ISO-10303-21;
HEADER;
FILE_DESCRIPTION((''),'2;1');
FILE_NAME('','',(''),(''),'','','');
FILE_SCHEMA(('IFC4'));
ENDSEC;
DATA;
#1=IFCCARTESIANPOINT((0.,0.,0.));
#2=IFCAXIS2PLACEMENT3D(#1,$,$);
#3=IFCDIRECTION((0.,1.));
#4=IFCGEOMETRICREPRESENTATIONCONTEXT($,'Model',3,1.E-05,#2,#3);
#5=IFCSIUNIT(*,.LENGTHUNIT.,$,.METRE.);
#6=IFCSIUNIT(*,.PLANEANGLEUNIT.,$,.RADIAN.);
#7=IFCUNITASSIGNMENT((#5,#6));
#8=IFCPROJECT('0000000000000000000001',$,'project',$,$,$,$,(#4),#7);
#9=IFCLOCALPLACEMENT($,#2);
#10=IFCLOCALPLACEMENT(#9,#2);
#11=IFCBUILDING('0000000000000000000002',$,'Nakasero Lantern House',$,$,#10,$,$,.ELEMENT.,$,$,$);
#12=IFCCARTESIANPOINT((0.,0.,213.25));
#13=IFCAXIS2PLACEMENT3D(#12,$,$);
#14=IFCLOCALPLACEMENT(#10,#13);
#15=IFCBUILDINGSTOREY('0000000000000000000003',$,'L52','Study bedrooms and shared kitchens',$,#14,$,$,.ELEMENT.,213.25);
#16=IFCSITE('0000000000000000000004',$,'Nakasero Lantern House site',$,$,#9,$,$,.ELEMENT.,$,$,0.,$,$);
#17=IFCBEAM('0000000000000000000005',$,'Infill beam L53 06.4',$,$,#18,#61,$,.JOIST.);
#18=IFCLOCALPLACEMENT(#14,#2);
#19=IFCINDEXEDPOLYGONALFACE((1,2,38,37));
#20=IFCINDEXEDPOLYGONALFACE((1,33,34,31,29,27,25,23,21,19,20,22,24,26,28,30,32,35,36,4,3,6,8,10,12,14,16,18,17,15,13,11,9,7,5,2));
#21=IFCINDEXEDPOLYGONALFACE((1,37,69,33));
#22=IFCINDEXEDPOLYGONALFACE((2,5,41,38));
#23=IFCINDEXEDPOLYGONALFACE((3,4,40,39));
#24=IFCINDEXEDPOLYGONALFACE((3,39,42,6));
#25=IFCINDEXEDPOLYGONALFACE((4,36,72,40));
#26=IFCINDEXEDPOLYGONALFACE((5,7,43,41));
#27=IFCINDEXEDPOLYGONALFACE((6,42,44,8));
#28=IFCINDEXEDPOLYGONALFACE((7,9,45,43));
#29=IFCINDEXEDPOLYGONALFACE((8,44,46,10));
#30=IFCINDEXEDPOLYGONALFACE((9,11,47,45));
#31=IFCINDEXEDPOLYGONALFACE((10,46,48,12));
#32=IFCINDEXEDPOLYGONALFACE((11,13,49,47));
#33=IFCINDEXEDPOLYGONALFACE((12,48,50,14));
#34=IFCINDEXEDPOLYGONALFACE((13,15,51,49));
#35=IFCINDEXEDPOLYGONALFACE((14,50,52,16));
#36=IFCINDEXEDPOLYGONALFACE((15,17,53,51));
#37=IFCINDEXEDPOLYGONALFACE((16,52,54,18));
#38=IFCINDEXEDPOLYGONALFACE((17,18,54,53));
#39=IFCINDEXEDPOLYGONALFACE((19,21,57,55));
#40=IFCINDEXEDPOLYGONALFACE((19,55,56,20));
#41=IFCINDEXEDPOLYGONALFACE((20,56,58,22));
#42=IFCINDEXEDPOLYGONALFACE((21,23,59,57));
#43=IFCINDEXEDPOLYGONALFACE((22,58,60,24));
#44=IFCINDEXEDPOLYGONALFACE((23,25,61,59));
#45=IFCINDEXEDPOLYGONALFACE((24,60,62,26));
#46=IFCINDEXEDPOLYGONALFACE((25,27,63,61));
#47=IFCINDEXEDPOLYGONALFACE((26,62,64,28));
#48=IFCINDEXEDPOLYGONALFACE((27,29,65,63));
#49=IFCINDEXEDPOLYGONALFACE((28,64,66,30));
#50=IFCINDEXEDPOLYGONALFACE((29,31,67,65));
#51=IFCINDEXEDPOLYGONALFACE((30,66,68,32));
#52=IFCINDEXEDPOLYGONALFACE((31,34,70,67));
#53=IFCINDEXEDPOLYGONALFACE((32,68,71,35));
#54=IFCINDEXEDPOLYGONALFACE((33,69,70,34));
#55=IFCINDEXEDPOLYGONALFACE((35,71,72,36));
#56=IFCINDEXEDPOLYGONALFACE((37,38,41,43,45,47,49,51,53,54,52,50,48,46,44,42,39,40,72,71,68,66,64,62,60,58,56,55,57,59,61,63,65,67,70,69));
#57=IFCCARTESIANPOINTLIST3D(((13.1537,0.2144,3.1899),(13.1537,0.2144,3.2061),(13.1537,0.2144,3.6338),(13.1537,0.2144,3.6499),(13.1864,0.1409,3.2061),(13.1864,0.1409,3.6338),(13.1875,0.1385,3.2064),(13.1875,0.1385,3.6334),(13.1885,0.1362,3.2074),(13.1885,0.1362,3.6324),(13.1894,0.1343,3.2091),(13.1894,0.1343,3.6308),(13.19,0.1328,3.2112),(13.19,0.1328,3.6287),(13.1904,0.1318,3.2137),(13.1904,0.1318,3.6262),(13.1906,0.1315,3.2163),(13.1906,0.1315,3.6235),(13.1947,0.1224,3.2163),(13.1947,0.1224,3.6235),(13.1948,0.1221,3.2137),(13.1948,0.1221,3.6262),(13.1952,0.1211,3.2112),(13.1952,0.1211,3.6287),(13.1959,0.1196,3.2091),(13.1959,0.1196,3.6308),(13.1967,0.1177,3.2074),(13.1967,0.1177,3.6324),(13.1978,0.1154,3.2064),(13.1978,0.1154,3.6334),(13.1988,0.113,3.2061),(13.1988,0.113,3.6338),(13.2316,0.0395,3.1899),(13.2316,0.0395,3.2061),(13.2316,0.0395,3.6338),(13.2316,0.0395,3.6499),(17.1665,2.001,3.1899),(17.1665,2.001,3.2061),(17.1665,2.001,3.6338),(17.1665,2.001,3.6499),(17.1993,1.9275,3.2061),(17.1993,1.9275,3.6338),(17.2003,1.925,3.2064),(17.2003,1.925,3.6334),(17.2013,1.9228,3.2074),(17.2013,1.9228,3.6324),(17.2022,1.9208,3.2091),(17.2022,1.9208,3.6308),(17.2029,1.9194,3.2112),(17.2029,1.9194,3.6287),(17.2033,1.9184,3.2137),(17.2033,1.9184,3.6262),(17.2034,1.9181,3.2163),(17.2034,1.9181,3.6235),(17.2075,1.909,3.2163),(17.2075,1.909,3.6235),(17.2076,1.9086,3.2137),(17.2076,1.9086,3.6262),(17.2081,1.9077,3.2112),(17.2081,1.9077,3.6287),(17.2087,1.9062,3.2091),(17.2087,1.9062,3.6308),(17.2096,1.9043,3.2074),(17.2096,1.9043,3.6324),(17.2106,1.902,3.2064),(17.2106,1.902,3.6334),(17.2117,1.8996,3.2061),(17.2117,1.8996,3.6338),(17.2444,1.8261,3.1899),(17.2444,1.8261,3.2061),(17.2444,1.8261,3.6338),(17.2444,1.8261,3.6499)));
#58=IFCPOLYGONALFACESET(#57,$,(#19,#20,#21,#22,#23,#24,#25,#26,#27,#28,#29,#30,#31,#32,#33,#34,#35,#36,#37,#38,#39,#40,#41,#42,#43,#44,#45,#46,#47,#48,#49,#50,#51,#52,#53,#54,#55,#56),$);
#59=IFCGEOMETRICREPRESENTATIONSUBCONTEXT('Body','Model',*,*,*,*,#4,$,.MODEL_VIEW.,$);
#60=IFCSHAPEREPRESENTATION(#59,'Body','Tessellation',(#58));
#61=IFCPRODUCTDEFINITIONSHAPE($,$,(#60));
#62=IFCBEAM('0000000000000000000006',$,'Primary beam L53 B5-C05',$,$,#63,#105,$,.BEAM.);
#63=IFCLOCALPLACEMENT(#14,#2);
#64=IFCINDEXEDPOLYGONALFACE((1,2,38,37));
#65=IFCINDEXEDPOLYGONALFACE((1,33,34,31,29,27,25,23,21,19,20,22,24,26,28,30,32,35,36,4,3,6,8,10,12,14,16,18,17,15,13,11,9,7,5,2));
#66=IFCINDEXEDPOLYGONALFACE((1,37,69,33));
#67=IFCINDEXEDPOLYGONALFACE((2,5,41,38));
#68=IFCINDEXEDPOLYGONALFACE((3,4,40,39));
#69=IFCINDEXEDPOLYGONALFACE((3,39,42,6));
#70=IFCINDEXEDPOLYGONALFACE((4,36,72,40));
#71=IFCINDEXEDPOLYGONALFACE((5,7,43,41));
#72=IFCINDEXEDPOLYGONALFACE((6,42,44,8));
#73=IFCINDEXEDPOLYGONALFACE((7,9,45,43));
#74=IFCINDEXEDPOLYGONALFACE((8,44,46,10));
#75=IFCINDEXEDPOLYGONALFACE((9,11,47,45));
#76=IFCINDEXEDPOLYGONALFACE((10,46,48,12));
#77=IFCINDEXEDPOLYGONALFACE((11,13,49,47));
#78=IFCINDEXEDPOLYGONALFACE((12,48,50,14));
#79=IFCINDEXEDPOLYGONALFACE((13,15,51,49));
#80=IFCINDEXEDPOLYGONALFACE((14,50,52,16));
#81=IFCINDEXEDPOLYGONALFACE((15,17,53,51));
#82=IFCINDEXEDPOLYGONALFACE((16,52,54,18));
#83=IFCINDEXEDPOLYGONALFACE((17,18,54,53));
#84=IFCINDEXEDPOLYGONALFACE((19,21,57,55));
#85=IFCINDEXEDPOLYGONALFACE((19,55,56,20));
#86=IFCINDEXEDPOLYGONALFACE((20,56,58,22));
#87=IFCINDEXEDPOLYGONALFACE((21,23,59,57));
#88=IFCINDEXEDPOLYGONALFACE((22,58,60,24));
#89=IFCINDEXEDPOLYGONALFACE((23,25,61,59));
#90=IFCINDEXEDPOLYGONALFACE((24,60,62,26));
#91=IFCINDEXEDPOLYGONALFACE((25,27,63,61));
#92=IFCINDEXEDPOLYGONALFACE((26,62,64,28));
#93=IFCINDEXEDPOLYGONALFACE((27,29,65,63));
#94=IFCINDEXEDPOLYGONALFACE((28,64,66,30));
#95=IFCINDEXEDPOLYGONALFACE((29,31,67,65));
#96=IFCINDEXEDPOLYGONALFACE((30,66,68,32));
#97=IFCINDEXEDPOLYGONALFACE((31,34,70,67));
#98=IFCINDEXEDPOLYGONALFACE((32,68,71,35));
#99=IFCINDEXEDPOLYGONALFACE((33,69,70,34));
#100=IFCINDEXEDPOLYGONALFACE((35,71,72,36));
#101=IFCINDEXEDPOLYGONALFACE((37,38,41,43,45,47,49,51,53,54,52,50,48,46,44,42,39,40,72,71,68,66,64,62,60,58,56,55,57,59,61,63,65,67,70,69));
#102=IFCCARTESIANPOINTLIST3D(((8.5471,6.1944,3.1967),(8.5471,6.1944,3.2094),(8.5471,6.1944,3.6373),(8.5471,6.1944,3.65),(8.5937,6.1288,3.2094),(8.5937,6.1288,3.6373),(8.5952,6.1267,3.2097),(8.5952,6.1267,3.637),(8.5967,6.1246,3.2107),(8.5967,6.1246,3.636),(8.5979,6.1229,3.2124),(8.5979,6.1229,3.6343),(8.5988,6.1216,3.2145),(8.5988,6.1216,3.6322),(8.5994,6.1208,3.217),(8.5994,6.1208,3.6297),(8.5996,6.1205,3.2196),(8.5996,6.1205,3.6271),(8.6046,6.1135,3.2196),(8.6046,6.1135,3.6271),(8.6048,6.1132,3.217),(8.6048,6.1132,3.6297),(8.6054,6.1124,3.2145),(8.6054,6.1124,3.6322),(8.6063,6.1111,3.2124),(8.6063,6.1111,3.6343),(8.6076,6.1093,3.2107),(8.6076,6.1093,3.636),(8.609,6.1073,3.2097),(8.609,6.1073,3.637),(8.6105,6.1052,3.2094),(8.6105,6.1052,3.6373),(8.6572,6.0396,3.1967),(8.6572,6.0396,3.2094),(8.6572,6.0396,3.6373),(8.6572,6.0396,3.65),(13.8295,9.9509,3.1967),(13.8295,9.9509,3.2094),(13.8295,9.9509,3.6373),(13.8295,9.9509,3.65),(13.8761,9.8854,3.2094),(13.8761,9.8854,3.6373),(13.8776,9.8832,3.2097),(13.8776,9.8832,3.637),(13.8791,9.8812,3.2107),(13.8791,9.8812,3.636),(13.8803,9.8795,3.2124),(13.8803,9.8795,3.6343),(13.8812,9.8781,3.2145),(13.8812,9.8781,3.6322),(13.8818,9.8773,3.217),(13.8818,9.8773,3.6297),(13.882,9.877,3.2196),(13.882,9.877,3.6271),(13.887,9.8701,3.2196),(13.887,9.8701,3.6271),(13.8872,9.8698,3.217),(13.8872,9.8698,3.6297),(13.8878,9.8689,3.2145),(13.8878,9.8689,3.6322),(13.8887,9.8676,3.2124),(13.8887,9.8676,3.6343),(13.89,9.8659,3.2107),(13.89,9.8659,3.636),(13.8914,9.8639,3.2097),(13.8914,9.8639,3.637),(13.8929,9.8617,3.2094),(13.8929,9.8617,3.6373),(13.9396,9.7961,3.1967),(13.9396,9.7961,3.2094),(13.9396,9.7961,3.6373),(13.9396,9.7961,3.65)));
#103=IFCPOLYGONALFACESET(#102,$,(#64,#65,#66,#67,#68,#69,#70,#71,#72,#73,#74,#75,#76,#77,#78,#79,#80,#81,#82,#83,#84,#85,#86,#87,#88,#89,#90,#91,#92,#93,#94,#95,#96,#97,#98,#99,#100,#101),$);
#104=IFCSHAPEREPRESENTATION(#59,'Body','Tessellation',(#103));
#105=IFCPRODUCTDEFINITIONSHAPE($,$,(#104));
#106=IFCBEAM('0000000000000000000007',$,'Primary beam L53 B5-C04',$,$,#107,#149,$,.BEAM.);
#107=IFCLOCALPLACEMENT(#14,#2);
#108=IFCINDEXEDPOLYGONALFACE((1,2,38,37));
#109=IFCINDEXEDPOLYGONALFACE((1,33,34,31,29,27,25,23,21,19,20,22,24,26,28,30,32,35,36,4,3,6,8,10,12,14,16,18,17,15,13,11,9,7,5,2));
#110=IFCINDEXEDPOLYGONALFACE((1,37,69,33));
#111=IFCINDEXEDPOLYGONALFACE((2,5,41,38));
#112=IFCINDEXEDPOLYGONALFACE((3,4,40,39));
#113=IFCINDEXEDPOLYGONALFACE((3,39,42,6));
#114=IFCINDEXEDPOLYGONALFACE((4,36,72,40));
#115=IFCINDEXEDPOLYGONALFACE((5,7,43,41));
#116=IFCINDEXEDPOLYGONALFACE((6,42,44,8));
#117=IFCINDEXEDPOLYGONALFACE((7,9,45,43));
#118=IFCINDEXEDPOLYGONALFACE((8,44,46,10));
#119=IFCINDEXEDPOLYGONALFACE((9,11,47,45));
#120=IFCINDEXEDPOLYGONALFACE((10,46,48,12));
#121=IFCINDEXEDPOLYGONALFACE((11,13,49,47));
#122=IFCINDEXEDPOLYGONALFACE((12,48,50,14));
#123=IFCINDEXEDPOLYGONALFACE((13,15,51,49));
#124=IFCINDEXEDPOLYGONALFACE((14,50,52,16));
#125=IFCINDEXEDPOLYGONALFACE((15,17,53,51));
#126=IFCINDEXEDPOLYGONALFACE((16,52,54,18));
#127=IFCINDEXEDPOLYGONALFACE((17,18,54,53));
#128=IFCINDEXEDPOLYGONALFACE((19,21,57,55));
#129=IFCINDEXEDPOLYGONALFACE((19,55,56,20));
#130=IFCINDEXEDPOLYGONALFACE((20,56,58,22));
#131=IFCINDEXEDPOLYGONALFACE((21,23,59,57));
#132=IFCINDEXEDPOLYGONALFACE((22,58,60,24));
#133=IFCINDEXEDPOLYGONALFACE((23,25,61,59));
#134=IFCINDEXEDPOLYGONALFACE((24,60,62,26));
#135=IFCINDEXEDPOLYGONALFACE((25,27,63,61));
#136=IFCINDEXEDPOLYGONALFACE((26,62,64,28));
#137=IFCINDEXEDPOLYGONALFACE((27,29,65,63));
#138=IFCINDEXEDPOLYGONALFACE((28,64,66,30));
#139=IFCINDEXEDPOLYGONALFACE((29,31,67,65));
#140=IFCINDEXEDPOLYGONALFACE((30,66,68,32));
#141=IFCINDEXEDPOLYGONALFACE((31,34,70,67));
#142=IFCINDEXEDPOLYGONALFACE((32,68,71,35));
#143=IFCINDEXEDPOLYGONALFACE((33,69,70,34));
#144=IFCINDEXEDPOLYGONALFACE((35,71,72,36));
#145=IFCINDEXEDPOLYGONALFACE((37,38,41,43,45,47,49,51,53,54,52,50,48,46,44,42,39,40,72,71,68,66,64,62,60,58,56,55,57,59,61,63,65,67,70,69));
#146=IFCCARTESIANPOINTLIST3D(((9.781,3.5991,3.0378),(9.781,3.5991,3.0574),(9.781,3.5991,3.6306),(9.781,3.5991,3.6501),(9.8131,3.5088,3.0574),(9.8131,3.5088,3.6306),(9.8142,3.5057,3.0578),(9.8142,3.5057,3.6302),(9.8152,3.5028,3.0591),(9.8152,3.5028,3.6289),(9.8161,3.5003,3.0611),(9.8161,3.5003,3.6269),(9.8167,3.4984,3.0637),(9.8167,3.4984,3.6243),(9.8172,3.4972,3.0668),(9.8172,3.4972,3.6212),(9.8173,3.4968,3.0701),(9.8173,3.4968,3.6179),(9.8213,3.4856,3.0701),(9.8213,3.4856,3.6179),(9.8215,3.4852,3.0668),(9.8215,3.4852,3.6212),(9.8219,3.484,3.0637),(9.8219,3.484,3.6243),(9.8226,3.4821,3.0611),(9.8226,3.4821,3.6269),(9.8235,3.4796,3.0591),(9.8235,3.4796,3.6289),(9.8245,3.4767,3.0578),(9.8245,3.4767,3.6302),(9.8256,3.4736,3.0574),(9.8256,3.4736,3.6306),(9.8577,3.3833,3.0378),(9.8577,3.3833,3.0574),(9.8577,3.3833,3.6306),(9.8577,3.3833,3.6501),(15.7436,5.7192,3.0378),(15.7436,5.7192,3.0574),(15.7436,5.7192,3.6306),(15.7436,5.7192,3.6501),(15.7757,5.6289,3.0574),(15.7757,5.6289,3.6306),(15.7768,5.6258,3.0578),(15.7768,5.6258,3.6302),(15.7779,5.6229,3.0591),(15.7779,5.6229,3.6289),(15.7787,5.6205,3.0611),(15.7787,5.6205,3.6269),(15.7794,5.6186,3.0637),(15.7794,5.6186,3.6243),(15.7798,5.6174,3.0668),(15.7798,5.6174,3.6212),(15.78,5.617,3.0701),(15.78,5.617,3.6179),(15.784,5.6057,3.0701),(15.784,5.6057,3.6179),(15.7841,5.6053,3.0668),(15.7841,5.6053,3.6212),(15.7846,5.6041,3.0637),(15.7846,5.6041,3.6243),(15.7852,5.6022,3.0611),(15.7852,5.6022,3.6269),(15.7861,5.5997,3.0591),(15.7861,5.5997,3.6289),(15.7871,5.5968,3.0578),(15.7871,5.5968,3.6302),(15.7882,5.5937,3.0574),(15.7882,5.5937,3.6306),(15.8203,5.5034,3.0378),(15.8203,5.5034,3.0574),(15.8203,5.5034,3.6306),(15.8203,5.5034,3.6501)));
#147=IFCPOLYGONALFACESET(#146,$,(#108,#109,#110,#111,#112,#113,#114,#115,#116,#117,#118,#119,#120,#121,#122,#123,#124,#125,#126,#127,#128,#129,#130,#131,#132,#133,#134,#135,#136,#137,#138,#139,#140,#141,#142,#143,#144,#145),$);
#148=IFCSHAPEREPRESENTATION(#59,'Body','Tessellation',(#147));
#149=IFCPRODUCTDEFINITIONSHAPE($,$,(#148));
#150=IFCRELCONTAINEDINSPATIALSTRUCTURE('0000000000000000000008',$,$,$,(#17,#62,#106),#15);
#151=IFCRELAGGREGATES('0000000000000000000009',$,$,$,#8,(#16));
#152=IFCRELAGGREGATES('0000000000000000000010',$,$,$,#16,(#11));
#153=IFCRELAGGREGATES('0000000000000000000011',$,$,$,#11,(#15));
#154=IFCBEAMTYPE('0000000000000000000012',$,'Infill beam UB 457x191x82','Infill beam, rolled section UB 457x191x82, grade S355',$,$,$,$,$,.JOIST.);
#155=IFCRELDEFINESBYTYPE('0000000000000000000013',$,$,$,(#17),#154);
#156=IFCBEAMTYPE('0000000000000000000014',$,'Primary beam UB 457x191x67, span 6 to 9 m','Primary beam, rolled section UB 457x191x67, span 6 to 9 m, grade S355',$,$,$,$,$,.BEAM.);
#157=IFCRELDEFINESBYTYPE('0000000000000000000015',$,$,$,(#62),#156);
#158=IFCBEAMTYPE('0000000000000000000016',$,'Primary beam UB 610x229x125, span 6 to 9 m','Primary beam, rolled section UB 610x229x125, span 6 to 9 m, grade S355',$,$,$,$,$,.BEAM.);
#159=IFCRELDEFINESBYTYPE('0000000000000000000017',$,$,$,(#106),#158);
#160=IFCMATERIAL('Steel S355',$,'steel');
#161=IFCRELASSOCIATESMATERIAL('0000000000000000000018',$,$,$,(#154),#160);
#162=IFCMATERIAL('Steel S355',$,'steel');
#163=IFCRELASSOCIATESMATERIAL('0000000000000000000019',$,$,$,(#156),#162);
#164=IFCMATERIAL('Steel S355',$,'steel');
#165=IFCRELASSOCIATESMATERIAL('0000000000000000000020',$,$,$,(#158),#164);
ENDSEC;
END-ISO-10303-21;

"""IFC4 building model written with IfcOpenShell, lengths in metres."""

from ifc_helpers import new_model, si_unit, direction, frame, origin, origin_2d, place, context, subcontext, project, spatial, i_section, extrude, material, material_profile, profile_set, type_object, element, save


model = new_model("IFC4")

# Units and contexts
model_context = context("Model", 3, precision=1e-05, world=origin(), true_north=direction((0.0, 1.0)))
body_context = subcontext(model_context, "Body", "Model", "MODEL_VIEW")
ifc_project = project(units=[si_unit("LENGTHUNIT", "METRE"), si_unit("PLANEANGLEUNIT", "RADIAN")], contexts=[model_context])

# Site, building, storey
site_placement = place(None, origin())
site = spatial("IfcSite", under=ifc_project, at=site_placement, Name="Nakasero Lantern House site", CompositionType="ELEMENT", RefElevation=0.0)
building_placement = place(site_placement, origin())
building = spatial("IfcBuilding", under=site, at=building_placement, Name="Nakasero Lantern House", CompositionType="ELEMENT")
storey_placement = place(building_placement, frame((0.0, 0.0, 213.25)))
storey = spatial("IfcBuildingStorey", under=building, at=storey_placement, Name="L52", Description="Study bedrooms and shared kitchens", CompositionType="ELEMENT", Elevation=213.25)

# Beams
ifc_material_1 = material(Name="Steel S355", Category="steel")
ifc_material_profile_1 = material_profile(ifc_material_1, i_section(OverallWidth=0.1914, OverallDepth=0.46, WebThickness=0.01, FlangeThickness=0.0161, FilletRadius=0.0103, at=origin_2d()), Name="UB 457x191x82")
ifc_profile_set_1 = profile_set([ifc_material_profile_1], Name="Steel S355")
beam_type_1 = type_object("IfcBeamType", Name="Infill beam UB 457x191x82", Description="Infill beam, rolled section UB 457x191x82, grade S355", PredefinedType="JOIST", material=ifc_profile_set_1)
beam_1_placement = place(storey_placement, frame((13.1926, 0.127, 3.4199), z_axis=(0.91355, 0.406726, 0.0), x_axis=(-0.406726, 0.91355, 0.0)))
element("IfcBeam", 1, at=beam_1_placement, inside=storey, type_object=beam_type_1, Name="Infill beam L53 06.4", PredefinedType="JOIST", context=body_context, shape_type="SweptSolid", body=[
    extrude(i_section(OverallWidth=0.1914, OverallDepth=0.46, WebThickness=0.01, FlangeThickness=0.0161, FilletRadius=0.0103, at=origin_2d()), origin(), (0.0, 0.0, 1.0), 4.3926),
])
ifc_material_2 = material(Name="Steel S355", Category="steel")
ifc_material_profile_2 = material_profile(ifc_material_2, i_section(OverallWidth=0.1899, OverallDepth=0.4534, WebThickness=0.0085, FlangeThickness=0.0127, FilletRadius=0.0103, at=origin_2d()), Name="UB 457x191x67")
ifc_profile_set_2 = profile_set([ifc_material_profile_2], Name="Steel S355")
beam_type_2 = type_object("IfcBeamType", Name="Primary beam UB 457x191x67, span 6 to 9 m", Description="Primary beam, rolled section UB 457x191x67, span 6 to 9 m, grade S355", PredefinedType="BEAM", material=ifc_profile_set_2)
beam_2_placement = place(storey_placement, frame((13.8845, 9.8735, 3.4233), z_axis=(-0.814943, -0.579541, 0.0), x_axis=(0.579541, -0.814943, 0.0)))
element("IfcBeam", 2, at=beam_2_placement, inside=storey, type_object=beam_type_2, Name="Primary beam L53 B5-C05", PredefinedType="BEAM", context=body_context, shape_type="SweptSolid", body=[
    extrude(i_section(OverallWidth=0.1899, OverallDepth=0.4534, WebThickness=0.0085, FlangeThickness=0.0127, FilletRadius=0.0103, at=origin_2d()), origin(), (0.0, 0.0, 1.0), 6.4819),
])
ifc_material_3 = material(Name="Steel S355", Category="steel")
ifc_material_profile_3 = material_profile(ifc_material_3, i_section(OverallWidth=0.229, OverallDepth=0.6123, WebThickness=0.012, FlangeThickness=0.0195, FilletRadius=0.0127, at=origin_2d()), Name="UB 610x229x125")
ifc_profile_set_3 = profile_set([ifc_material_profile_3], Name="Steel S355")
beam_type_3 = type_object("IfcBeamType", Name="Primary beam UB 610x229x125, span 6 to 9 m", Description="Primary beam, rolled section UB 610x229x125, span 6 to 9 m, grade S355", PredefinedType="BEAM", material=ifc_profile_set_3)
beam_3_placement = place(storey_placement, frame((15.782, 5.6113, 3.344), z_axis=(-0.942211, -0.335019, 0.0), x_axis=(0.335019, -0.942211, 0.0)))
element("IfcBeam", 3, at=beam_3_placement, inside=storey, type_object=beam_type_3, Name="Primary beam L53 B5-C04", PredefinedType="BEAM", context=body_context, shape_type="SweptSolid", body=[
    extrude(i_section(OverallWidth=0.229, OverallDepth=0.6123, WebThickness=0.012, FlangeThickness=0.0195, FilletRadius=0.0127, at=origin_2d()), origin(), (0.0, 0.0, 1.0), 6.3284),
])

save(model, "model.ifc")
